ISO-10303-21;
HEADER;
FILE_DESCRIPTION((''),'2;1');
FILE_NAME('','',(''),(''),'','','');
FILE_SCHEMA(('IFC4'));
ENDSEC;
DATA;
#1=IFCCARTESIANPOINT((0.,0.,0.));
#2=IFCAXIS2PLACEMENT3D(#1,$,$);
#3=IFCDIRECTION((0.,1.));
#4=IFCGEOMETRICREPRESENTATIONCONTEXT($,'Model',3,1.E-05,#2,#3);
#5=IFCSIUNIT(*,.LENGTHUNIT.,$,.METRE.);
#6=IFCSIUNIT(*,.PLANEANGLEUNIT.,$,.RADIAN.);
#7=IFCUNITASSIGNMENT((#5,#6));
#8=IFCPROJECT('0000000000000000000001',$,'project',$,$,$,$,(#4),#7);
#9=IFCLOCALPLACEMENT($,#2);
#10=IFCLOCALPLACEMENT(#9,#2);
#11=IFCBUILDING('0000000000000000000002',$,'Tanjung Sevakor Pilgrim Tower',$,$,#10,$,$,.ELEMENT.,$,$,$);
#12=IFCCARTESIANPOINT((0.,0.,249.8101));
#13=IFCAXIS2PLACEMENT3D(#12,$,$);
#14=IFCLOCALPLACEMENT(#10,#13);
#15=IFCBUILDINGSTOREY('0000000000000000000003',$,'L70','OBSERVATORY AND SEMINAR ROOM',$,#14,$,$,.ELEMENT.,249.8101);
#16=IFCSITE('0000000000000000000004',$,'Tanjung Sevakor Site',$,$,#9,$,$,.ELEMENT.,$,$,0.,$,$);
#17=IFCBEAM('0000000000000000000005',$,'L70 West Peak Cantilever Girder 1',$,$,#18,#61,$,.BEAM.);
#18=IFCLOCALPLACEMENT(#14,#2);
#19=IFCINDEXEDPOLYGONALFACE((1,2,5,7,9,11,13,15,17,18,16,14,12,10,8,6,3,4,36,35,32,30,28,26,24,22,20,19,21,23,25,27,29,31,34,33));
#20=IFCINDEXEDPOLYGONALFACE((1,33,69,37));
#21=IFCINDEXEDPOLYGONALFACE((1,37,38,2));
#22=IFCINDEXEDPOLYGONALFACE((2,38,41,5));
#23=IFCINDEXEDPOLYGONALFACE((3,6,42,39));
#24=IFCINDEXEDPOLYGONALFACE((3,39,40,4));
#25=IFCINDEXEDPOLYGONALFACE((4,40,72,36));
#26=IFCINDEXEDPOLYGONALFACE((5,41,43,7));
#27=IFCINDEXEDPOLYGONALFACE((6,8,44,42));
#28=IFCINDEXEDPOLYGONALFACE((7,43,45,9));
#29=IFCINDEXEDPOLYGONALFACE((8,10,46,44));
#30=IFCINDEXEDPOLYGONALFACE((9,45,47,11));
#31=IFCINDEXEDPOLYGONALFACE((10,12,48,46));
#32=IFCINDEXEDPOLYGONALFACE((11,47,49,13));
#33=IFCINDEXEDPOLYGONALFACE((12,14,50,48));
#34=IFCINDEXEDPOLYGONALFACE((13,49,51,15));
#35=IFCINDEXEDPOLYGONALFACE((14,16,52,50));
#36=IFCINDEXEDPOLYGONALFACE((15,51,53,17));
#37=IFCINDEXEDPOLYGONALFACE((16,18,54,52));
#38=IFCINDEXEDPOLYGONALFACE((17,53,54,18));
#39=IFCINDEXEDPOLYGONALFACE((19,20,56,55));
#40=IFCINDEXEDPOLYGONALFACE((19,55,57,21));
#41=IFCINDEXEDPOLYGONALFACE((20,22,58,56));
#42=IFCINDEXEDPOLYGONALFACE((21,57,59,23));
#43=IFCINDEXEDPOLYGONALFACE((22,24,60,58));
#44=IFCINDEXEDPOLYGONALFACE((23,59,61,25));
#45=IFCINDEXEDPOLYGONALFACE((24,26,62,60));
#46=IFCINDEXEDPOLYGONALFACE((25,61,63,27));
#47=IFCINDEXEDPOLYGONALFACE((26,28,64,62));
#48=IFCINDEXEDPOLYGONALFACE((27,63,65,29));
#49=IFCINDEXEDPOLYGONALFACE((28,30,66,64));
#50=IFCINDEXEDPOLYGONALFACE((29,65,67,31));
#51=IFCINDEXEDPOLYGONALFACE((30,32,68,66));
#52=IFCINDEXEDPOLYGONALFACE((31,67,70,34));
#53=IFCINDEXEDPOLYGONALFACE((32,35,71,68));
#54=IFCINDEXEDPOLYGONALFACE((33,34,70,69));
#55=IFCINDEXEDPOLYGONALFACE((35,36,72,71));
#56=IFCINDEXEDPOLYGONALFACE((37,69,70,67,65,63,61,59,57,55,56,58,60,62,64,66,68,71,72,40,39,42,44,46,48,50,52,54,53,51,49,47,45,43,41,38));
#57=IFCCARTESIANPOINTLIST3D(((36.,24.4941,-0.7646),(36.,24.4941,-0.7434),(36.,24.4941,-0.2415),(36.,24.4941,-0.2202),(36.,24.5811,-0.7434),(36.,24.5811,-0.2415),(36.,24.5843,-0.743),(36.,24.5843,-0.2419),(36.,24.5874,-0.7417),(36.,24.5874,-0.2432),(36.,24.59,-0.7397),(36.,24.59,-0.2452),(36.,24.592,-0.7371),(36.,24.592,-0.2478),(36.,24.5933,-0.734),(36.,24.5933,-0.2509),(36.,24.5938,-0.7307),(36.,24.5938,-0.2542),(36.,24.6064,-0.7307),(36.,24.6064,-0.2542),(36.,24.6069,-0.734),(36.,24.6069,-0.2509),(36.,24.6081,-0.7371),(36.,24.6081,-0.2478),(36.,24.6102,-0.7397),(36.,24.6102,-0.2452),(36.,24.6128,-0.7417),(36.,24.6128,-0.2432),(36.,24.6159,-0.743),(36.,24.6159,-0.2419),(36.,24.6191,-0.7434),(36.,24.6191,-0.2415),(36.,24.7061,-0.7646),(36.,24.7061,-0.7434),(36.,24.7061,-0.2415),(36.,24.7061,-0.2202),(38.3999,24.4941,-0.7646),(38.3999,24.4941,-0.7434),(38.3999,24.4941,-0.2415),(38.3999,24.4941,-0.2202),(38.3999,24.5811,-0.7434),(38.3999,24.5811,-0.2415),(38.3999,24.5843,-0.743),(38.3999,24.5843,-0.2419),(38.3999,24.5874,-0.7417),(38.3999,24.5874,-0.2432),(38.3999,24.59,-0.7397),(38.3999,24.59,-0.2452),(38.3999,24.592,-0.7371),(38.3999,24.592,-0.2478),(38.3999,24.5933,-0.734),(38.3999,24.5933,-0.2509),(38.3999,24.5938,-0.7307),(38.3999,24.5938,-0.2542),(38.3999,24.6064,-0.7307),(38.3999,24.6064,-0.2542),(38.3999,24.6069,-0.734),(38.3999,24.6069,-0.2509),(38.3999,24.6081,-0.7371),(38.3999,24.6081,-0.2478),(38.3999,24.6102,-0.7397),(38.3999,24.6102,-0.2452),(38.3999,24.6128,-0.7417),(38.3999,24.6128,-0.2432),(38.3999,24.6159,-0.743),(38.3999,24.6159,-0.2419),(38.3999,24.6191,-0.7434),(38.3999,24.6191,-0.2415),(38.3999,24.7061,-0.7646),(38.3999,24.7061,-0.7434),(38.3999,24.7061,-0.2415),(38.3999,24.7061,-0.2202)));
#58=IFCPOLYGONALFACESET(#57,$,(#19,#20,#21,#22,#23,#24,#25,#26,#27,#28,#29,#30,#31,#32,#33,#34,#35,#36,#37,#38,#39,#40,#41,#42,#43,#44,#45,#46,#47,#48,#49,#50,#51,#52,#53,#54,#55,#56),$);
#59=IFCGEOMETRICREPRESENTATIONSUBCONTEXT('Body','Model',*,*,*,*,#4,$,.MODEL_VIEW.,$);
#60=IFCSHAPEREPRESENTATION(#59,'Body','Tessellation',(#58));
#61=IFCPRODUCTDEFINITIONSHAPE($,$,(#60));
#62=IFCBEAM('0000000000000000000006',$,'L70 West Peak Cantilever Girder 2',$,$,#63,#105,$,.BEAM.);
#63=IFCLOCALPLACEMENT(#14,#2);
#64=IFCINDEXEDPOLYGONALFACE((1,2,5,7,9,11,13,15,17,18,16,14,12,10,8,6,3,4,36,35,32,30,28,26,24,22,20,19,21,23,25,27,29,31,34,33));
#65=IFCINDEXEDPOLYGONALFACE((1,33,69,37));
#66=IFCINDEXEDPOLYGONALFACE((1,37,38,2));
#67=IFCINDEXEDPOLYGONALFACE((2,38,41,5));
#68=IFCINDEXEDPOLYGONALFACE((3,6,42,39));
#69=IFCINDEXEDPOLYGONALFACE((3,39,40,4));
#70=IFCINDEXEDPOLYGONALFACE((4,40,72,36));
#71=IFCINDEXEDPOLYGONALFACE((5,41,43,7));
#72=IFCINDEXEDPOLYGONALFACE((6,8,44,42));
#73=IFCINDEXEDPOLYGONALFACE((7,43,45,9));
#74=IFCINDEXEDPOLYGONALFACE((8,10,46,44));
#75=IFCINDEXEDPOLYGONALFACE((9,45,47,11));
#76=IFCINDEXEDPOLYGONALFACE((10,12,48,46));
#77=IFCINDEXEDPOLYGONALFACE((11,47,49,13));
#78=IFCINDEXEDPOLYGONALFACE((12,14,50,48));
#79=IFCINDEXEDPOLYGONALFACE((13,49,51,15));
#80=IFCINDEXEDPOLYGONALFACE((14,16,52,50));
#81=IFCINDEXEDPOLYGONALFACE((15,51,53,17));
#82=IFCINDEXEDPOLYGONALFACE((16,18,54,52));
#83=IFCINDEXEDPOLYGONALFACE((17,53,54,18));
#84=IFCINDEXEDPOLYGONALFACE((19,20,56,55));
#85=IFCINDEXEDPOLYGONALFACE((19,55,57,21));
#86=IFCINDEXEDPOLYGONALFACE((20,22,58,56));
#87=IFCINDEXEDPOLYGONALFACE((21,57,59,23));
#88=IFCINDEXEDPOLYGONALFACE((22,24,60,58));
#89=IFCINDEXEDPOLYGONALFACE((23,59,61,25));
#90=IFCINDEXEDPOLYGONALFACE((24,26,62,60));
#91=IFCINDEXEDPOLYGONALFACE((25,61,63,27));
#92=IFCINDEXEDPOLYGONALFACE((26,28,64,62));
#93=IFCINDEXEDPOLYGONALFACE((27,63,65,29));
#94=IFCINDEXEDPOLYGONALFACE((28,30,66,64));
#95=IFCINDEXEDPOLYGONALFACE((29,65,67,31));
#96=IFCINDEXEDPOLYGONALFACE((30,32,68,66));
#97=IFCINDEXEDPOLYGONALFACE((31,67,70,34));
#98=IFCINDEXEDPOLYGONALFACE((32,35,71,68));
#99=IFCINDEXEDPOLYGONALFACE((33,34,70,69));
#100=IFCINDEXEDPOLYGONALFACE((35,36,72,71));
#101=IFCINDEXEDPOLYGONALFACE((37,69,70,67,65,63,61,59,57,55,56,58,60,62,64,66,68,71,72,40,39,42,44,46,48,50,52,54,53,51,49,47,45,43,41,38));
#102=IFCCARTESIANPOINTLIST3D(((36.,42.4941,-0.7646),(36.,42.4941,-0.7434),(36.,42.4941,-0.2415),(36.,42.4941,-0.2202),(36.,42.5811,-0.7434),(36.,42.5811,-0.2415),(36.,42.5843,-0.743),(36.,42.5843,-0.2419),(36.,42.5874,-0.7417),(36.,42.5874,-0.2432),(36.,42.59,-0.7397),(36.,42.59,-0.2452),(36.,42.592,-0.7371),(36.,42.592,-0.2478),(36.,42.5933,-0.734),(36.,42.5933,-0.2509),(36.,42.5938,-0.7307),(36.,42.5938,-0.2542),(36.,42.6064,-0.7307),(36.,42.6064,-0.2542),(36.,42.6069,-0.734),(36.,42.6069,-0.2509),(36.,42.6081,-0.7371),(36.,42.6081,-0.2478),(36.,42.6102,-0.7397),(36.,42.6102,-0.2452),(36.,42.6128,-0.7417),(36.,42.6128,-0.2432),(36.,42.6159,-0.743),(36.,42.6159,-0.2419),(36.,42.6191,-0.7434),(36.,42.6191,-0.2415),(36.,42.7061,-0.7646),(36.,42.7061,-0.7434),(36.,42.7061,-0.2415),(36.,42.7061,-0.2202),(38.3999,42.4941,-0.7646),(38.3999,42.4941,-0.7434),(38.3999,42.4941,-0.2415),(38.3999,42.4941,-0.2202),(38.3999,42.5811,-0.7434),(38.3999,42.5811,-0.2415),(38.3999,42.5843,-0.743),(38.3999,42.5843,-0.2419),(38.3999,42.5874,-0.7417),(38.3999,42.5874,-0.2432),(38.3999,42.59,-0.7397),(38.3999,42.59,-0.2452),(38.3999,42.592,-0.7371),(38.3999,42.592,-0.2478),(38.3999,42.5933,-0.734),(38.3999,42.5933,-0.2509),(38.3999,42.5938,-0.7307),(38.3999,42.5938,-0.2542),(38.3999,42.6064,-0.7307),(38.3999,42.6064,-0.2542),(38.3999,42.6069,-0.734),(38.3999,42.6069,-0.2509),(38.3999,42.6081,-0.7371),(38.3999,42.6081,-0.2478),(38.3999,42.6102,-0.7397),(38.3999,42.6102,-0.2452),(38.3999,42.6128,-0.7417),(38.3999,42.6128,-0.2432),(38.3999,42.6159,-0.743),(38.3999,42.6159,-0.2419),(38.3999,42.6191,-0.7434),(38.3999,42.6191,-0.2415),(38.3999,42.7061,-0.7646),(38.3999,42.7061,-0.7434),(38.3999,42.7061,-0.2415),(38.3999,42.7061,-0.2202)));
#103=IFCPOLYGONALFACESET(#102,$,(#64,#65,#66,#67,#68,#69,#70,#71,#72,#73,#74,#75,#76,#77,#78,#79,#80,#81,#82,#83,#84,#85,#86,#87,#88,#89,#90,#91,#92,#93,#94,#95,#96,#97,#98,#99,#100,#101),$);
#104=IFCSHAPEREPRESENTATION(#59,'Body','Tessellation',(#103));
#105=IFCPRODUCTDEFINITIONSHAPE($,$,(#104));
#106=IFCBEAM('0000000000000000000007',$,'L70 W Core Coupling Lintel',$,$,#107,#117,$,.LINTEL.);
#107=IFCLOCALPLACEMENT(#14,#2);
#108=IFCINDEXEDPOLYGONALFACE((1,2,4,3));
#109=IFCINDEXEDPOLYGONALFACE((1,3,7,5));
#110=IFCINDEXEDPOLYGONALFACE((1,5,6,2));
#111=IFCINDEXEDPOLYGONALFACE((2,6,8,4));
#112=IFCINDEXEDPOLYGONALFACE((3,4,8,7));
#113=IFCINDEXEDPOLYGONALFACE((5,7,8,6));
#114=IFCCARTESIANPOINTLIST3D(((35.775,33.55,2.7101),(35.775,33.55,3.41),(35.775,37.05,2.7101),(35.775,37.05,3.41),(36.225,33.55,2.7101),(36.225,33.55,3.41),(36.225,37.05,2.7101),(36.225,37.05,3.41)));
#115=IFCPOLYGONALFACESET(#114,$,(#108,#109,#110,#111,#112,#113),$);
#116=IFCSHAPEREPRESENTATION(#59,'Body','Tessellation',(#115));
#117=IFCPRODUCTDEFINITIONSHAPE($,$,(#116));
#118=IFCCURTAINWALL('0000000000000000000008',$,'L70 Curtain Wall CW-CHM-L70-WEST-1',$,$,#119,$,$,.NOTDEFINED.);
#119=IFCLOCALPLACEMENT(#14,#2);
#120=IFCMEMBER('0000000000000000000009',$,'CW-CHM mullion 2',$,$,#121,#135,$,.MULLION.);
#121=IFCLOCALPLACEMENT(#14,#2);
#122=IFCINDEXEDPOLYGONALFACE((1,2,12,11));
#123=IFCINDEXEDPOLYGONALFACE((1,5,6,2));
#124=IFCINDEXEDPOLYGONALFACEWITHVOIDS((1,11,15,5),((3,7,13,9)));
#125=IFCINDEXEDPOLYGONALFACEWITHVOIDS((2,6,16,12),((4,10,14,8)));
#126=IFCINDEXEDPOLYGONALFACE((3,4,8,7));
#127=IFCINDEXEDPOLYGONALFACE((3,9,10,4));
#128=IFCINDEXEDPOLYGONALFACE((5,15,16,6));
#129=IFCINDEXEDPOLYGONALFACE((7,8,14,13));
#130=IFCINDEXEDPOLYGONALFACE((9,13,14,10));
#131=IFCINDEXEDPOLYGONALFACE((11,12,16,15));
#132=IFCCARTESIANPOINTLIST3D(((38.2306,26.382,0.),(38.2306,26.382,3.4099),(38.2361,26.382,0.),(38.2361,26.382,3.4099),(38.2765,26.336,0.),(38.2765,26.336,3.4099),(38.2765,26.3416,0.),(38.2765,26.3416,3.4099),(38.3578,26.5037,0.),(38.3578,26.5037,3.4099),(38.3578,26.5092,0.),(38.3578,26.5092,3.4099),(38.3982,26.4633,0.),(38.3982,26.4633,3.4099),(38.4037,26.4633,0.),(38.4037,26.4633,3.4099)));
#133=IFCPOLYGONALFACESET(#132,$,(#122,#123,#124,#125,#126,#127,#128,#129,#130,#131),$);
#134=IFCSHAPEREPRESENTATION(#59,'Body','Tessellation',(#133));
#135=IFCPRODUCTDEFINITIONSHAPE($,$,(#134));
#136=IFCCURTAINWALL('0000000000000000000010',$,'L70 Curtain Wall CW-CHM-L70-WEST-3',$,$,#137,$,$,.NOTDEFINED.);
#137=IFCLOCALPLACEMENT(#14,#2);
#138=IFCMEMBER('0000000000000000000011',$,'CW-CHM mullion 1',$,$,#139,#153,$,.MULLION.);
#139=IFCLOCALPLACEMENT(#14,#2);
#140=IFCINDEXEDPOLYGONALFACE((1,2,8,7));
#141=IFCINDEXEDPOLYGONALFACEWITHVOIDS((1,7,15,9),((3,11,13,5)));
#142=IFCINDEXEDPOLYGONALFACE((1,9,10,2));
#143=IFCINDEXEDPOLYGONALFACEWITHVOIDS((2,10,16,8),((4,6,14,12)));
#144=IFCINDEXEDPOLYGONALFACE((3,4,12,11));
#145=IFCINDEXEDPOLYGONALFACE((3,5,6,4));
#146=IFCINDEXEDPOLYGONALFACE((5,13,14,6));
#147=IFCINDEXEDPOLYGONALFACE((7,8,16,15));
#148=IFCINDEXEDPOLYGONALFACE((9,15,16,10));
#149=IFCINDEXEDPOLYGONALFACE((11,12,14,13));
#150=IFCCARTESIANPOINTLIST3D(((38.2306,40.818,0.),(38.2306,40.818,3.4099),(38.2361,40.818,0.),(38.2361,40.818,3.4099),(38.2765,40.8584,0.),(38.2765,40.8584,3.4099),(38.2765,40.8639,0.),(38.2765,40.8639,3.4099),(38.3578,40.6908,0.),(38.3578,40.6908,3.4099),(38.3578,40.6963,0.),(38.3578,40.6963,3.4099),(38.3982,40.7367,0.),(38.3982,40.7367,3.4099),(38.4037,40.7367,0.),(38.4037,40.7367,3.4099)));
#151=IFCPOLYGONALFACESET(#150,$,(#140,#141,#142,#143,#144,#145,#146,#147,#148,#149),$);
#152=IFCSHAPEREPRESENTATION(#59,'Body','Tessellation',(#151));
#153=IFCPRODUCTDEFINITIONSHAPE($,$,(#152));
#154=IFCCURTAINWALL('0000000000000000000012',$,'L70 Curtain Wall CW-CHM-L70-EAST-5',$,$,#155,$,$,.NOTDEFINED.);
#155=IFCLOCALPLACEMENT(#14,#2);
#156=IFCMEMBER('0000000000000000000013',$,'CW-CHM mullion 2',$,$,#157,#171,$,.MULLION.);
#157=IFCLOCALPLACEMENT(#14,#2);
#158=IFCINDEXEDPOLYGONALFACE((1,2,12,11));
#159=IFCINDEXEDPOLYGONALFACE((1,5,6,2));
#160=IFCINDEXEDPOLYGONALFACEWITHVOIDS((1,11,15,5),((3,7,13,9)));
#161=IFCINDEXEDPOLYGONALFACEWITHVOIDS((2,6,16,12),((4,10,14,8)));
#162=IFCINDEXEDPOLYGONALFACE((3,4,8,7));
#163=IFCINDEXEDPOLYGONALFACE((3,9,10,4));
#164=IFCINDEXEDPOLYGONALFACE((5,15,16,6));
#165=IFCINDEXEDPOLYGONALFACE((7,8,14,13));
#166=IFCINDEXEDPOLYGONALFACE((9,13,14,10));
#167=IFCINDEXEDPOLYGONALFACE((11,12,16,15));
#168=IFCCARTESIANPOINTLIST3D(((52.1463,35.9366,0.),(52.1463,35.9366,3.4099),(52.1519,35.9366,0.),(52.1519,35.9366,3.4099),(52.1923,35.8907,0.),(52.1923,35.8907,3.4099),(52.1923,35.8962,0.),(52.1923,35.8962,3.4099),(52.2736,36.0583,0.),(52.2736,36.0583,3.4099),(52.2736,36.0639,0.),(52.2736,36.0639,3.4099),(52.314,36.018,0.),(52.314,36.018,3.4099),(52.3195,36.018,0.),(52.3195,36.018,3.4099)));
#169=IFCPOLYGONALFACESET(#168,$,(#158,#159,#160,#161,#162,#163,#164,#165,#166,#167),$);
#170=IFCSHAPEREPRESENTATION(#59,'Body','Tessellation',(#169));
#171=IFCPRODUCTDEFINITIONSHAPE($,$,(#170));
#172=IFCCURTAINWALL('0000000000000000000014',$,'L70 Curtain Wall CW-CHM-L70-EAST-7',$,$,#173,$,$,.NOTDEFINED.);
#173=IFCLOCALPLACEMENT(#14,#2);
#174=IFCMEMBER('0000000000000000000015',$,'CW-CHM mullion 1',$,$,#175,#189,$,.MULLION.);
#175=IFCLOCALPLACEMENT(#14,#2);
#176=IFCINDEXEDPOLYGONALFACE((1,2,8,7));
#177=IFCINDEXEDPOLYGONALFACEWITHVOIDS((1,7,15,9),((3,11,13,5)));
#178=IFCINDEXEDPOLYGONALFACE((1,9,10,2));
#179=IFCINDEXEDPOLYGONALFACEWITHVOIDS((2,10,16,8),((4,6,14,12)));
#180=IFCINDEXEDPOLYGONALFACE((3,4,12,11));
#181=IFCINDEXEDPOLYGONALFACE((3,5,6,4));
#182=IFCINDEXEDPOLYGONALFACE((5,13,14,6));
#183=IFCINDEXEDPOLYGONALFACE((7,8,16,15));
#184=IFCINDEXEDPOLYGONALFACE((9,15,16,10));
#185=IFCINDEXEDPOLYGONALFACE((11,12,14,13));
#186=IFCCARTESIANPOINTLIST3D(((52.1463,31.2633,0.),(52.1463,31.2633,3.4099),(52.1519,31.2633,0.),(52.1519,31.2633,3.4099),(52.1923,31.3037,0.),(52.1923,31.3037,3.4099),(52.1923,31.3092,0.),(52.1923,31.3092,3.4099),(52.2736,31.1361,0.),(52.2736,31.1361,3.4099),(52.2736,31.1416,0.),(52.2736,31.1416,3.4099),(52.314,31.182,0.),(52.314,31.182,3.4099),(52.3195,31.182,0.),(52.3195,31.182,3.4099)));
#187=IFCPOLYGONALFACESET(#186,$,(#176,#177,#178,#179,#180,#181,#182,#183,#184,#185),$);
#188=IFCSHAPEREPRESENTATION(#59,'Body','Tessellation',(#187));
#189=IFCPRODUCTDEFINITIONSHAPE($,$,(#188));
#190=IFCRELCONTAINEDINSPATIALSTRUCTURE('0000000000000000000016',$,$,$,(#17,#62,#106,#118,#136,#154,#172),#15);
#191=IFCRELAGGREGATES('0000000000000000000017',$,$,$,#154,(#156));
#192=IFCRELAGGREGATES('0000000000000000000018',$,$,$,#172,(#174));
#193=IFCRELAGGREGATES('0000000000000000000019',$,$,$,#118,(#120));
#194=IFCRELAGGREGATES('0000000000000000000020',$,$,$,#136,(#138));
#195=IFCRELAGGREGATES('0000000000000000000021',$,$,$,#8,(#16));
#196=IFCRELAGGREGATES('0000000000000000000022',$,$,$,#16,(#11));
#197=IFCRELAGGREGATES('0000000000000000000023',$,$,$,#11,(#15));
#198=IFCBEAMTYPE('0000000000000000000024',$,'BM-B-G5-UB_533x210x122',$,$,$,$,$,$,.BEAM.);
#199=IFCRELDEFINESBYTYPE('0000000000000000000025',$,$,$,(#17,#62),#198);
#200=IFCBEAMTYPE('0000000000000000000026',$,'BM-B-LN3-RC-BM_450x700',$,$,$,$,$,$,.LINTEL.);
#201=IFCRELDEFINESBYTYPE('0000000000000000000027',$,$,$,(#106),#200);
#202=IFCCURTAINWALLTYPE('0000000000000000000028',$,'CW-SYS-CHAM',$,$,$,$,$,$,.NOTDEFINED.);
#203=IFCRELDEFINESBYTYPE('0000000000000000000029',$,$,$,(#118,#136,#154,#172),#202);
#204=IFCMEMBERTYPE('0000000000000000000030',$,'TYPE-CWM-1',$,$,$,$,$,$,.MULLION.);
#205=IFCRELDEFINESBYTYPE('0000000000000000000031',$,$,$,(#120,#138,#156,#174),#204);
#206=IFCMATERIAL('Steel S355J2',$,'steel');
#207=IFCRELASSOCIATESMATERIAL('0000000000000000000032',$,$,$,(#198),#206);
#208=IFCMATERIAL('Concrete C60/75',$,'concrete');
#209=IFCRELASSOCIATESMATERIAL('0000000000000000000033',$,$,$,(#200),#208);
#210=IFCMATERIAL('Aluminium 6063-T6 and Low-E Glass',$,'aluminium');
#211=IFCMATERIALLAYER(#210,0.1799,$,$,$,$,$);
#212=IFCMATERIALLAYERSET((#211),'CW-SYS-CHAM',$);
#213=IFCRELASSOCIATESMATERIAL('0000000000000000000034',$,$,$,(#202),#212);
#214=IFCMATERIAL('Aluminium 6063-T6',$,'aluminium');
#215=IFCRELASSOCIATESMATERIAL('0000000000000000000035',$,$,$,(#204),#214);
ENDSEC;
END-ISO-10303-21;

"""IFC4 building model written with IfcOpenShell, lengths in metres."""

from ifc_helpers import new_model, si_unit, direction, frame, origin, origin_2d, place, context, subcontext, project, spatial, rectangle, hollow_rectangle, i_section, extrude, material, layer, layer_set, material_profile, profile_set, type_object, element, aggregate, save


model = new_model("IFC4")

# Units and contexts
model_context = context("Model", 3, precision=1e-05, world=origin(), true_north=direction((0.0, 1.0)))
body_context = subcontext(model_context, "Body", "Model", "MODEL_VIEW")
ifc_project = project(units=[si_unit("LENGTHUNIT", "METRE"), si_unit("PLANEANGLEUNIT", "RADIAN")], contexts=[model_context])

# Site, building, storey
site_placement = place(None, origin())
site = spatial("IfcSite", under=ifc_project, at=site_placement, Name="Tanjung Sevakor Site", CompositionType="ELEMENT", RefElevation=0.0)
building_placement = place(site_placement, origin())
building = spatial("IfcBuilding", under=site, at=building_placement, Name="Tanjung Sevakor Pilgrim Tower", CompositionType="ELEMENT")
storey_placement = place(building_placement, frame((0.0, 0.0, 249.8101)))
storey = spatial("IfcBuildingStorey", under=building, at=storey_placement, Name="L70", Description="OBSERVATORY AND SEMINAR ROOM", CompositionType="ELEMENT", Elevation=249.8101)

# Beams
ifc_material_1 = material(Name="Steel S355J2", Category="steel")
ifc_material_profile_1 = material_profile(ifc_material_1, i_section(OverallWidth=0.2119, OverallDepth=0.5444, WebThickness=0.0127, FlangeThickness=0.0212, FilletRadius=0.0127, at=origin_2d()))
ifc_profile_set_1 = profile_set([ifc_material_profile_1], Name="Steel S355J2")
beam_type_1 = type_object("IfcBeamType", Name="BM-B-G5-UB_533x210x122", PredefinedType="BEAM", material=ifc_profile_set_1)
for number, where, z_axis, x_axis, name in (
    (1, (36.0, 24.6001, -0.4924), (1.0, 0.0, 0.0), (0.0, 1.0, 0.0), "L70 West Peak Cantilever Girder 1"),
    (2, (36.0, 42.6001, -0.4924), (1.0, 0.0, 0.0), (0.0, 1.0, 0.0), "L70 West Peak Cantilever Girder 2"),
):
    element("IfcBeam", number, at=place(storey_placement, frame(where, z_axis=z_axis, x_axis=x_axis)), inside=storey, type_object=beam_type_1, Name=name, PredefinedType="BEAM", context=body_context, shape_type="SweptSolid", body=[
        extrude(i_section(OverallWidth=0.2119, OverallDepth=0.5444, WebThickness=0.0127, FlangeThickness=0.0212, FilletRadius=0.0127, at=origin_2d()), origin(), (0.0, 0.0, 1.0), 2.3999),
    ])
ifc_material_2 = material(Name="Concrete C60/75", Category="concrete")
ifc_material_profile_2 = material_profile(ifc_material_2, rectangle(XDim=0.45, YDim=0.7, at=origin_2d()))
ifc_profile_set_2 = profile_set([ifc_material_profile_2], Name="Concrete C60/75")
beam_type_2 = type_object("IfcBeamType", Name="BM-B-LN3-RC-BM_450x700", PredefinedType="LINTEL", material=ifc_profile_set_2)
beam_placement = place(storey_placement, frame((36.0, 33.55, 3.0601), z_axis=(0.0, 1.0, 0.0), x_axis=(-1.0, 0.0, 0.0)))
element("IfcBeam", 3, at=beam_placement, inside=storey, type_object=beam_type_2, Name="L70 W Core Coupling Lintel", PredefinedType="LINTEL", context=body_context, shape_type="SweptSolid", body=[
    extrude(rectangle(XDim=0.45, YDim=0.7, at=origin_2d()), origin(), (0.0, 0.0, 1.0), 3.5),
])

# Curtain walls, members
ifc_material_3 = material(Name="Aluminium 6063-T6 and Low-E Glass", Category="aluminium")
ifc_layer_1 = layer(ifc_material_3, 0.1799)
ifc_layer_set_1 = layer_set([ifc_layer_1], Name="CW-SYS-CHAM")
curtain_wall_type_1 = type_object("IfcCurtainWallType", Name="CW-SYS-CHAM", PredefinedType="NOTDEFINED", material=ifc_layer_set_1)
curtain_wall_1_placement = place(storey_placement, origin())
curtain_wall_1 = element("IfcCurtainWall", 4, at=curtain_wall_1_placement, inside=storey, type_object=curtain_wall_type_1, Name="L70 Curtain Wall CW-CHM-L70-WEST-1", PredefinedType="NOTDEFINED")
ifc_material_4 = material(Name="Aluminium 6063-T6", Category="aluminium")
ifc_material_profile_3 = material_profile(ifc_material_4, hollow_rectangle(XDim=0.0649, YDim=0.1799, WallThickness=0.0039, at=origin_2d()))
ifc_profile_set_3 = profile_set([ifc_material_profile_3], Name="Aluminium 6063-T6")
member_type_1 = type_object("IfcMemberType", Name="TYPE-CWM-1", PredefinedType="MULLION", material=ifc_profile_set_3)
member_1_placement = place(storey_placement, frame((38.3171, 26.4226, 0.0), z_axis=(0.0, 0.0, 1.0), x_axis=(-0.707107, 0.707107, 0.0)))
member_1 = element("IfcMember", 5, at=member_1_placement, type_object=member_type_1, Name="CW-CHM mullion 2", PredefinedType="MULLION", context=body_context, shape_type="SweptSolid", body=[
    extrude(hollow_rectangle(XDim=0.0649, YDim=0.1799, WallThickness=0.0039, at=origin_2d()), origin(), (0.0, 0.0, 1.0), 3.4099),
])
curtain_wall_2_placement = place(storey_placement, origin())
curtain_wall_2 = element("IfcCurtainWall", 6, at=curtain_wall_2_placement, inside=storey, type_object=curtain_wall_type_1, Name="L70 Curtain Wall CW-CHM-L70-WEST-3", PredefinedType="NOTDEFINED")
member_2_placement = place(storey_placement, frame((38.3171, 40.7773, 0.0), z_axis=(0.0, 0.0, 1.0), x_axis=(-0.707107, -0.707107, 0.0)))
member_2 = element("IfcMember", 7, at=member_2_placement, type_object=member_type_1, Name="CW-CHM mullion 1", PredefinedType="MULLION", context=body_context, shape_type="SweptSolid", body=[
    extrude(hollow_rectangle(XDim=0.0649, YDim=0.1799, WallThickness=0.0039, at=origin_2d()), origin(), (0.0, 0.0, 1.0), 3.4099),
])
curtain_wall_3_placement = place(storey_placement, origin())
curtain_wall_3 = element("IfcCurtainWall", 8, at=curtain_wall_3_placement, inside=storey, type_object=curtain_wall_type_1, Name="L70 Curtain Wall CW-CHM-L70-EAST-5", PredefinedType="NOTDEFINED")
member_3_placement = place(storey_placement, frame((52.2329, 35.9773, 0.0), z_axis=(0.0, 0.0, 1.0), x_axis=(0.707107, -0.707107, 0.0)))
member_3 = element("IfcMember", 9, at=member_3_placement, type_object=member_type_1, Name="CW-CHM mullion 2", PredefinedType="MULLION", context=body_context, shape_type="SweptSolid", body=[
    extrude(hollow_rectangle(XDim=0.0649, YDim=0.1799, WallThickness=0.0039, at=origin_2d()), origin(), (0.0, 0.0, 1.0), 3.4099),
])
aggregate(curtain_wall_3, [member_3])
curtain_wall_4_placement = place(storey_placement, origin())
curtain_wall_4 = element("IfcCurtainWall", 10, at=curtain_wall_4_placement, inside=storey, type_object=curtain_wall_type_1, Name="L70 Curtain Wall CW-CHM-L70-EAST-7", PredefinedType="NOTDEFINED")
member_4_placement = place(storey_placement, frame((52.2329, 31.2227, 0.0), z_axis=(0.0, 0.0, 1.0), x_axis=(0.707107, 0.707107, 0.0)))
member_4 = element("IfcMember", 11, at=member_4_placement, type_object=member_type_1, Name="CW-CHM mullion 1", PredefinedType="MULLION", context=body_context, shape_type="SweptSolid", body=[
    extrude(hollow_rectangle(XDim=0.0649, YDim=0.1799, WallThickness=0.0039, at=origin_2d()), origin(), (0.0, 0.0, 1.0), 3.4099),
])

aggregate(curtain_wall_4, [member_4])

aggregate(curtain_wall_1, [member_1])
aggregate(curtain_wall_2, [member_2])

save(model, "model.ifc")
